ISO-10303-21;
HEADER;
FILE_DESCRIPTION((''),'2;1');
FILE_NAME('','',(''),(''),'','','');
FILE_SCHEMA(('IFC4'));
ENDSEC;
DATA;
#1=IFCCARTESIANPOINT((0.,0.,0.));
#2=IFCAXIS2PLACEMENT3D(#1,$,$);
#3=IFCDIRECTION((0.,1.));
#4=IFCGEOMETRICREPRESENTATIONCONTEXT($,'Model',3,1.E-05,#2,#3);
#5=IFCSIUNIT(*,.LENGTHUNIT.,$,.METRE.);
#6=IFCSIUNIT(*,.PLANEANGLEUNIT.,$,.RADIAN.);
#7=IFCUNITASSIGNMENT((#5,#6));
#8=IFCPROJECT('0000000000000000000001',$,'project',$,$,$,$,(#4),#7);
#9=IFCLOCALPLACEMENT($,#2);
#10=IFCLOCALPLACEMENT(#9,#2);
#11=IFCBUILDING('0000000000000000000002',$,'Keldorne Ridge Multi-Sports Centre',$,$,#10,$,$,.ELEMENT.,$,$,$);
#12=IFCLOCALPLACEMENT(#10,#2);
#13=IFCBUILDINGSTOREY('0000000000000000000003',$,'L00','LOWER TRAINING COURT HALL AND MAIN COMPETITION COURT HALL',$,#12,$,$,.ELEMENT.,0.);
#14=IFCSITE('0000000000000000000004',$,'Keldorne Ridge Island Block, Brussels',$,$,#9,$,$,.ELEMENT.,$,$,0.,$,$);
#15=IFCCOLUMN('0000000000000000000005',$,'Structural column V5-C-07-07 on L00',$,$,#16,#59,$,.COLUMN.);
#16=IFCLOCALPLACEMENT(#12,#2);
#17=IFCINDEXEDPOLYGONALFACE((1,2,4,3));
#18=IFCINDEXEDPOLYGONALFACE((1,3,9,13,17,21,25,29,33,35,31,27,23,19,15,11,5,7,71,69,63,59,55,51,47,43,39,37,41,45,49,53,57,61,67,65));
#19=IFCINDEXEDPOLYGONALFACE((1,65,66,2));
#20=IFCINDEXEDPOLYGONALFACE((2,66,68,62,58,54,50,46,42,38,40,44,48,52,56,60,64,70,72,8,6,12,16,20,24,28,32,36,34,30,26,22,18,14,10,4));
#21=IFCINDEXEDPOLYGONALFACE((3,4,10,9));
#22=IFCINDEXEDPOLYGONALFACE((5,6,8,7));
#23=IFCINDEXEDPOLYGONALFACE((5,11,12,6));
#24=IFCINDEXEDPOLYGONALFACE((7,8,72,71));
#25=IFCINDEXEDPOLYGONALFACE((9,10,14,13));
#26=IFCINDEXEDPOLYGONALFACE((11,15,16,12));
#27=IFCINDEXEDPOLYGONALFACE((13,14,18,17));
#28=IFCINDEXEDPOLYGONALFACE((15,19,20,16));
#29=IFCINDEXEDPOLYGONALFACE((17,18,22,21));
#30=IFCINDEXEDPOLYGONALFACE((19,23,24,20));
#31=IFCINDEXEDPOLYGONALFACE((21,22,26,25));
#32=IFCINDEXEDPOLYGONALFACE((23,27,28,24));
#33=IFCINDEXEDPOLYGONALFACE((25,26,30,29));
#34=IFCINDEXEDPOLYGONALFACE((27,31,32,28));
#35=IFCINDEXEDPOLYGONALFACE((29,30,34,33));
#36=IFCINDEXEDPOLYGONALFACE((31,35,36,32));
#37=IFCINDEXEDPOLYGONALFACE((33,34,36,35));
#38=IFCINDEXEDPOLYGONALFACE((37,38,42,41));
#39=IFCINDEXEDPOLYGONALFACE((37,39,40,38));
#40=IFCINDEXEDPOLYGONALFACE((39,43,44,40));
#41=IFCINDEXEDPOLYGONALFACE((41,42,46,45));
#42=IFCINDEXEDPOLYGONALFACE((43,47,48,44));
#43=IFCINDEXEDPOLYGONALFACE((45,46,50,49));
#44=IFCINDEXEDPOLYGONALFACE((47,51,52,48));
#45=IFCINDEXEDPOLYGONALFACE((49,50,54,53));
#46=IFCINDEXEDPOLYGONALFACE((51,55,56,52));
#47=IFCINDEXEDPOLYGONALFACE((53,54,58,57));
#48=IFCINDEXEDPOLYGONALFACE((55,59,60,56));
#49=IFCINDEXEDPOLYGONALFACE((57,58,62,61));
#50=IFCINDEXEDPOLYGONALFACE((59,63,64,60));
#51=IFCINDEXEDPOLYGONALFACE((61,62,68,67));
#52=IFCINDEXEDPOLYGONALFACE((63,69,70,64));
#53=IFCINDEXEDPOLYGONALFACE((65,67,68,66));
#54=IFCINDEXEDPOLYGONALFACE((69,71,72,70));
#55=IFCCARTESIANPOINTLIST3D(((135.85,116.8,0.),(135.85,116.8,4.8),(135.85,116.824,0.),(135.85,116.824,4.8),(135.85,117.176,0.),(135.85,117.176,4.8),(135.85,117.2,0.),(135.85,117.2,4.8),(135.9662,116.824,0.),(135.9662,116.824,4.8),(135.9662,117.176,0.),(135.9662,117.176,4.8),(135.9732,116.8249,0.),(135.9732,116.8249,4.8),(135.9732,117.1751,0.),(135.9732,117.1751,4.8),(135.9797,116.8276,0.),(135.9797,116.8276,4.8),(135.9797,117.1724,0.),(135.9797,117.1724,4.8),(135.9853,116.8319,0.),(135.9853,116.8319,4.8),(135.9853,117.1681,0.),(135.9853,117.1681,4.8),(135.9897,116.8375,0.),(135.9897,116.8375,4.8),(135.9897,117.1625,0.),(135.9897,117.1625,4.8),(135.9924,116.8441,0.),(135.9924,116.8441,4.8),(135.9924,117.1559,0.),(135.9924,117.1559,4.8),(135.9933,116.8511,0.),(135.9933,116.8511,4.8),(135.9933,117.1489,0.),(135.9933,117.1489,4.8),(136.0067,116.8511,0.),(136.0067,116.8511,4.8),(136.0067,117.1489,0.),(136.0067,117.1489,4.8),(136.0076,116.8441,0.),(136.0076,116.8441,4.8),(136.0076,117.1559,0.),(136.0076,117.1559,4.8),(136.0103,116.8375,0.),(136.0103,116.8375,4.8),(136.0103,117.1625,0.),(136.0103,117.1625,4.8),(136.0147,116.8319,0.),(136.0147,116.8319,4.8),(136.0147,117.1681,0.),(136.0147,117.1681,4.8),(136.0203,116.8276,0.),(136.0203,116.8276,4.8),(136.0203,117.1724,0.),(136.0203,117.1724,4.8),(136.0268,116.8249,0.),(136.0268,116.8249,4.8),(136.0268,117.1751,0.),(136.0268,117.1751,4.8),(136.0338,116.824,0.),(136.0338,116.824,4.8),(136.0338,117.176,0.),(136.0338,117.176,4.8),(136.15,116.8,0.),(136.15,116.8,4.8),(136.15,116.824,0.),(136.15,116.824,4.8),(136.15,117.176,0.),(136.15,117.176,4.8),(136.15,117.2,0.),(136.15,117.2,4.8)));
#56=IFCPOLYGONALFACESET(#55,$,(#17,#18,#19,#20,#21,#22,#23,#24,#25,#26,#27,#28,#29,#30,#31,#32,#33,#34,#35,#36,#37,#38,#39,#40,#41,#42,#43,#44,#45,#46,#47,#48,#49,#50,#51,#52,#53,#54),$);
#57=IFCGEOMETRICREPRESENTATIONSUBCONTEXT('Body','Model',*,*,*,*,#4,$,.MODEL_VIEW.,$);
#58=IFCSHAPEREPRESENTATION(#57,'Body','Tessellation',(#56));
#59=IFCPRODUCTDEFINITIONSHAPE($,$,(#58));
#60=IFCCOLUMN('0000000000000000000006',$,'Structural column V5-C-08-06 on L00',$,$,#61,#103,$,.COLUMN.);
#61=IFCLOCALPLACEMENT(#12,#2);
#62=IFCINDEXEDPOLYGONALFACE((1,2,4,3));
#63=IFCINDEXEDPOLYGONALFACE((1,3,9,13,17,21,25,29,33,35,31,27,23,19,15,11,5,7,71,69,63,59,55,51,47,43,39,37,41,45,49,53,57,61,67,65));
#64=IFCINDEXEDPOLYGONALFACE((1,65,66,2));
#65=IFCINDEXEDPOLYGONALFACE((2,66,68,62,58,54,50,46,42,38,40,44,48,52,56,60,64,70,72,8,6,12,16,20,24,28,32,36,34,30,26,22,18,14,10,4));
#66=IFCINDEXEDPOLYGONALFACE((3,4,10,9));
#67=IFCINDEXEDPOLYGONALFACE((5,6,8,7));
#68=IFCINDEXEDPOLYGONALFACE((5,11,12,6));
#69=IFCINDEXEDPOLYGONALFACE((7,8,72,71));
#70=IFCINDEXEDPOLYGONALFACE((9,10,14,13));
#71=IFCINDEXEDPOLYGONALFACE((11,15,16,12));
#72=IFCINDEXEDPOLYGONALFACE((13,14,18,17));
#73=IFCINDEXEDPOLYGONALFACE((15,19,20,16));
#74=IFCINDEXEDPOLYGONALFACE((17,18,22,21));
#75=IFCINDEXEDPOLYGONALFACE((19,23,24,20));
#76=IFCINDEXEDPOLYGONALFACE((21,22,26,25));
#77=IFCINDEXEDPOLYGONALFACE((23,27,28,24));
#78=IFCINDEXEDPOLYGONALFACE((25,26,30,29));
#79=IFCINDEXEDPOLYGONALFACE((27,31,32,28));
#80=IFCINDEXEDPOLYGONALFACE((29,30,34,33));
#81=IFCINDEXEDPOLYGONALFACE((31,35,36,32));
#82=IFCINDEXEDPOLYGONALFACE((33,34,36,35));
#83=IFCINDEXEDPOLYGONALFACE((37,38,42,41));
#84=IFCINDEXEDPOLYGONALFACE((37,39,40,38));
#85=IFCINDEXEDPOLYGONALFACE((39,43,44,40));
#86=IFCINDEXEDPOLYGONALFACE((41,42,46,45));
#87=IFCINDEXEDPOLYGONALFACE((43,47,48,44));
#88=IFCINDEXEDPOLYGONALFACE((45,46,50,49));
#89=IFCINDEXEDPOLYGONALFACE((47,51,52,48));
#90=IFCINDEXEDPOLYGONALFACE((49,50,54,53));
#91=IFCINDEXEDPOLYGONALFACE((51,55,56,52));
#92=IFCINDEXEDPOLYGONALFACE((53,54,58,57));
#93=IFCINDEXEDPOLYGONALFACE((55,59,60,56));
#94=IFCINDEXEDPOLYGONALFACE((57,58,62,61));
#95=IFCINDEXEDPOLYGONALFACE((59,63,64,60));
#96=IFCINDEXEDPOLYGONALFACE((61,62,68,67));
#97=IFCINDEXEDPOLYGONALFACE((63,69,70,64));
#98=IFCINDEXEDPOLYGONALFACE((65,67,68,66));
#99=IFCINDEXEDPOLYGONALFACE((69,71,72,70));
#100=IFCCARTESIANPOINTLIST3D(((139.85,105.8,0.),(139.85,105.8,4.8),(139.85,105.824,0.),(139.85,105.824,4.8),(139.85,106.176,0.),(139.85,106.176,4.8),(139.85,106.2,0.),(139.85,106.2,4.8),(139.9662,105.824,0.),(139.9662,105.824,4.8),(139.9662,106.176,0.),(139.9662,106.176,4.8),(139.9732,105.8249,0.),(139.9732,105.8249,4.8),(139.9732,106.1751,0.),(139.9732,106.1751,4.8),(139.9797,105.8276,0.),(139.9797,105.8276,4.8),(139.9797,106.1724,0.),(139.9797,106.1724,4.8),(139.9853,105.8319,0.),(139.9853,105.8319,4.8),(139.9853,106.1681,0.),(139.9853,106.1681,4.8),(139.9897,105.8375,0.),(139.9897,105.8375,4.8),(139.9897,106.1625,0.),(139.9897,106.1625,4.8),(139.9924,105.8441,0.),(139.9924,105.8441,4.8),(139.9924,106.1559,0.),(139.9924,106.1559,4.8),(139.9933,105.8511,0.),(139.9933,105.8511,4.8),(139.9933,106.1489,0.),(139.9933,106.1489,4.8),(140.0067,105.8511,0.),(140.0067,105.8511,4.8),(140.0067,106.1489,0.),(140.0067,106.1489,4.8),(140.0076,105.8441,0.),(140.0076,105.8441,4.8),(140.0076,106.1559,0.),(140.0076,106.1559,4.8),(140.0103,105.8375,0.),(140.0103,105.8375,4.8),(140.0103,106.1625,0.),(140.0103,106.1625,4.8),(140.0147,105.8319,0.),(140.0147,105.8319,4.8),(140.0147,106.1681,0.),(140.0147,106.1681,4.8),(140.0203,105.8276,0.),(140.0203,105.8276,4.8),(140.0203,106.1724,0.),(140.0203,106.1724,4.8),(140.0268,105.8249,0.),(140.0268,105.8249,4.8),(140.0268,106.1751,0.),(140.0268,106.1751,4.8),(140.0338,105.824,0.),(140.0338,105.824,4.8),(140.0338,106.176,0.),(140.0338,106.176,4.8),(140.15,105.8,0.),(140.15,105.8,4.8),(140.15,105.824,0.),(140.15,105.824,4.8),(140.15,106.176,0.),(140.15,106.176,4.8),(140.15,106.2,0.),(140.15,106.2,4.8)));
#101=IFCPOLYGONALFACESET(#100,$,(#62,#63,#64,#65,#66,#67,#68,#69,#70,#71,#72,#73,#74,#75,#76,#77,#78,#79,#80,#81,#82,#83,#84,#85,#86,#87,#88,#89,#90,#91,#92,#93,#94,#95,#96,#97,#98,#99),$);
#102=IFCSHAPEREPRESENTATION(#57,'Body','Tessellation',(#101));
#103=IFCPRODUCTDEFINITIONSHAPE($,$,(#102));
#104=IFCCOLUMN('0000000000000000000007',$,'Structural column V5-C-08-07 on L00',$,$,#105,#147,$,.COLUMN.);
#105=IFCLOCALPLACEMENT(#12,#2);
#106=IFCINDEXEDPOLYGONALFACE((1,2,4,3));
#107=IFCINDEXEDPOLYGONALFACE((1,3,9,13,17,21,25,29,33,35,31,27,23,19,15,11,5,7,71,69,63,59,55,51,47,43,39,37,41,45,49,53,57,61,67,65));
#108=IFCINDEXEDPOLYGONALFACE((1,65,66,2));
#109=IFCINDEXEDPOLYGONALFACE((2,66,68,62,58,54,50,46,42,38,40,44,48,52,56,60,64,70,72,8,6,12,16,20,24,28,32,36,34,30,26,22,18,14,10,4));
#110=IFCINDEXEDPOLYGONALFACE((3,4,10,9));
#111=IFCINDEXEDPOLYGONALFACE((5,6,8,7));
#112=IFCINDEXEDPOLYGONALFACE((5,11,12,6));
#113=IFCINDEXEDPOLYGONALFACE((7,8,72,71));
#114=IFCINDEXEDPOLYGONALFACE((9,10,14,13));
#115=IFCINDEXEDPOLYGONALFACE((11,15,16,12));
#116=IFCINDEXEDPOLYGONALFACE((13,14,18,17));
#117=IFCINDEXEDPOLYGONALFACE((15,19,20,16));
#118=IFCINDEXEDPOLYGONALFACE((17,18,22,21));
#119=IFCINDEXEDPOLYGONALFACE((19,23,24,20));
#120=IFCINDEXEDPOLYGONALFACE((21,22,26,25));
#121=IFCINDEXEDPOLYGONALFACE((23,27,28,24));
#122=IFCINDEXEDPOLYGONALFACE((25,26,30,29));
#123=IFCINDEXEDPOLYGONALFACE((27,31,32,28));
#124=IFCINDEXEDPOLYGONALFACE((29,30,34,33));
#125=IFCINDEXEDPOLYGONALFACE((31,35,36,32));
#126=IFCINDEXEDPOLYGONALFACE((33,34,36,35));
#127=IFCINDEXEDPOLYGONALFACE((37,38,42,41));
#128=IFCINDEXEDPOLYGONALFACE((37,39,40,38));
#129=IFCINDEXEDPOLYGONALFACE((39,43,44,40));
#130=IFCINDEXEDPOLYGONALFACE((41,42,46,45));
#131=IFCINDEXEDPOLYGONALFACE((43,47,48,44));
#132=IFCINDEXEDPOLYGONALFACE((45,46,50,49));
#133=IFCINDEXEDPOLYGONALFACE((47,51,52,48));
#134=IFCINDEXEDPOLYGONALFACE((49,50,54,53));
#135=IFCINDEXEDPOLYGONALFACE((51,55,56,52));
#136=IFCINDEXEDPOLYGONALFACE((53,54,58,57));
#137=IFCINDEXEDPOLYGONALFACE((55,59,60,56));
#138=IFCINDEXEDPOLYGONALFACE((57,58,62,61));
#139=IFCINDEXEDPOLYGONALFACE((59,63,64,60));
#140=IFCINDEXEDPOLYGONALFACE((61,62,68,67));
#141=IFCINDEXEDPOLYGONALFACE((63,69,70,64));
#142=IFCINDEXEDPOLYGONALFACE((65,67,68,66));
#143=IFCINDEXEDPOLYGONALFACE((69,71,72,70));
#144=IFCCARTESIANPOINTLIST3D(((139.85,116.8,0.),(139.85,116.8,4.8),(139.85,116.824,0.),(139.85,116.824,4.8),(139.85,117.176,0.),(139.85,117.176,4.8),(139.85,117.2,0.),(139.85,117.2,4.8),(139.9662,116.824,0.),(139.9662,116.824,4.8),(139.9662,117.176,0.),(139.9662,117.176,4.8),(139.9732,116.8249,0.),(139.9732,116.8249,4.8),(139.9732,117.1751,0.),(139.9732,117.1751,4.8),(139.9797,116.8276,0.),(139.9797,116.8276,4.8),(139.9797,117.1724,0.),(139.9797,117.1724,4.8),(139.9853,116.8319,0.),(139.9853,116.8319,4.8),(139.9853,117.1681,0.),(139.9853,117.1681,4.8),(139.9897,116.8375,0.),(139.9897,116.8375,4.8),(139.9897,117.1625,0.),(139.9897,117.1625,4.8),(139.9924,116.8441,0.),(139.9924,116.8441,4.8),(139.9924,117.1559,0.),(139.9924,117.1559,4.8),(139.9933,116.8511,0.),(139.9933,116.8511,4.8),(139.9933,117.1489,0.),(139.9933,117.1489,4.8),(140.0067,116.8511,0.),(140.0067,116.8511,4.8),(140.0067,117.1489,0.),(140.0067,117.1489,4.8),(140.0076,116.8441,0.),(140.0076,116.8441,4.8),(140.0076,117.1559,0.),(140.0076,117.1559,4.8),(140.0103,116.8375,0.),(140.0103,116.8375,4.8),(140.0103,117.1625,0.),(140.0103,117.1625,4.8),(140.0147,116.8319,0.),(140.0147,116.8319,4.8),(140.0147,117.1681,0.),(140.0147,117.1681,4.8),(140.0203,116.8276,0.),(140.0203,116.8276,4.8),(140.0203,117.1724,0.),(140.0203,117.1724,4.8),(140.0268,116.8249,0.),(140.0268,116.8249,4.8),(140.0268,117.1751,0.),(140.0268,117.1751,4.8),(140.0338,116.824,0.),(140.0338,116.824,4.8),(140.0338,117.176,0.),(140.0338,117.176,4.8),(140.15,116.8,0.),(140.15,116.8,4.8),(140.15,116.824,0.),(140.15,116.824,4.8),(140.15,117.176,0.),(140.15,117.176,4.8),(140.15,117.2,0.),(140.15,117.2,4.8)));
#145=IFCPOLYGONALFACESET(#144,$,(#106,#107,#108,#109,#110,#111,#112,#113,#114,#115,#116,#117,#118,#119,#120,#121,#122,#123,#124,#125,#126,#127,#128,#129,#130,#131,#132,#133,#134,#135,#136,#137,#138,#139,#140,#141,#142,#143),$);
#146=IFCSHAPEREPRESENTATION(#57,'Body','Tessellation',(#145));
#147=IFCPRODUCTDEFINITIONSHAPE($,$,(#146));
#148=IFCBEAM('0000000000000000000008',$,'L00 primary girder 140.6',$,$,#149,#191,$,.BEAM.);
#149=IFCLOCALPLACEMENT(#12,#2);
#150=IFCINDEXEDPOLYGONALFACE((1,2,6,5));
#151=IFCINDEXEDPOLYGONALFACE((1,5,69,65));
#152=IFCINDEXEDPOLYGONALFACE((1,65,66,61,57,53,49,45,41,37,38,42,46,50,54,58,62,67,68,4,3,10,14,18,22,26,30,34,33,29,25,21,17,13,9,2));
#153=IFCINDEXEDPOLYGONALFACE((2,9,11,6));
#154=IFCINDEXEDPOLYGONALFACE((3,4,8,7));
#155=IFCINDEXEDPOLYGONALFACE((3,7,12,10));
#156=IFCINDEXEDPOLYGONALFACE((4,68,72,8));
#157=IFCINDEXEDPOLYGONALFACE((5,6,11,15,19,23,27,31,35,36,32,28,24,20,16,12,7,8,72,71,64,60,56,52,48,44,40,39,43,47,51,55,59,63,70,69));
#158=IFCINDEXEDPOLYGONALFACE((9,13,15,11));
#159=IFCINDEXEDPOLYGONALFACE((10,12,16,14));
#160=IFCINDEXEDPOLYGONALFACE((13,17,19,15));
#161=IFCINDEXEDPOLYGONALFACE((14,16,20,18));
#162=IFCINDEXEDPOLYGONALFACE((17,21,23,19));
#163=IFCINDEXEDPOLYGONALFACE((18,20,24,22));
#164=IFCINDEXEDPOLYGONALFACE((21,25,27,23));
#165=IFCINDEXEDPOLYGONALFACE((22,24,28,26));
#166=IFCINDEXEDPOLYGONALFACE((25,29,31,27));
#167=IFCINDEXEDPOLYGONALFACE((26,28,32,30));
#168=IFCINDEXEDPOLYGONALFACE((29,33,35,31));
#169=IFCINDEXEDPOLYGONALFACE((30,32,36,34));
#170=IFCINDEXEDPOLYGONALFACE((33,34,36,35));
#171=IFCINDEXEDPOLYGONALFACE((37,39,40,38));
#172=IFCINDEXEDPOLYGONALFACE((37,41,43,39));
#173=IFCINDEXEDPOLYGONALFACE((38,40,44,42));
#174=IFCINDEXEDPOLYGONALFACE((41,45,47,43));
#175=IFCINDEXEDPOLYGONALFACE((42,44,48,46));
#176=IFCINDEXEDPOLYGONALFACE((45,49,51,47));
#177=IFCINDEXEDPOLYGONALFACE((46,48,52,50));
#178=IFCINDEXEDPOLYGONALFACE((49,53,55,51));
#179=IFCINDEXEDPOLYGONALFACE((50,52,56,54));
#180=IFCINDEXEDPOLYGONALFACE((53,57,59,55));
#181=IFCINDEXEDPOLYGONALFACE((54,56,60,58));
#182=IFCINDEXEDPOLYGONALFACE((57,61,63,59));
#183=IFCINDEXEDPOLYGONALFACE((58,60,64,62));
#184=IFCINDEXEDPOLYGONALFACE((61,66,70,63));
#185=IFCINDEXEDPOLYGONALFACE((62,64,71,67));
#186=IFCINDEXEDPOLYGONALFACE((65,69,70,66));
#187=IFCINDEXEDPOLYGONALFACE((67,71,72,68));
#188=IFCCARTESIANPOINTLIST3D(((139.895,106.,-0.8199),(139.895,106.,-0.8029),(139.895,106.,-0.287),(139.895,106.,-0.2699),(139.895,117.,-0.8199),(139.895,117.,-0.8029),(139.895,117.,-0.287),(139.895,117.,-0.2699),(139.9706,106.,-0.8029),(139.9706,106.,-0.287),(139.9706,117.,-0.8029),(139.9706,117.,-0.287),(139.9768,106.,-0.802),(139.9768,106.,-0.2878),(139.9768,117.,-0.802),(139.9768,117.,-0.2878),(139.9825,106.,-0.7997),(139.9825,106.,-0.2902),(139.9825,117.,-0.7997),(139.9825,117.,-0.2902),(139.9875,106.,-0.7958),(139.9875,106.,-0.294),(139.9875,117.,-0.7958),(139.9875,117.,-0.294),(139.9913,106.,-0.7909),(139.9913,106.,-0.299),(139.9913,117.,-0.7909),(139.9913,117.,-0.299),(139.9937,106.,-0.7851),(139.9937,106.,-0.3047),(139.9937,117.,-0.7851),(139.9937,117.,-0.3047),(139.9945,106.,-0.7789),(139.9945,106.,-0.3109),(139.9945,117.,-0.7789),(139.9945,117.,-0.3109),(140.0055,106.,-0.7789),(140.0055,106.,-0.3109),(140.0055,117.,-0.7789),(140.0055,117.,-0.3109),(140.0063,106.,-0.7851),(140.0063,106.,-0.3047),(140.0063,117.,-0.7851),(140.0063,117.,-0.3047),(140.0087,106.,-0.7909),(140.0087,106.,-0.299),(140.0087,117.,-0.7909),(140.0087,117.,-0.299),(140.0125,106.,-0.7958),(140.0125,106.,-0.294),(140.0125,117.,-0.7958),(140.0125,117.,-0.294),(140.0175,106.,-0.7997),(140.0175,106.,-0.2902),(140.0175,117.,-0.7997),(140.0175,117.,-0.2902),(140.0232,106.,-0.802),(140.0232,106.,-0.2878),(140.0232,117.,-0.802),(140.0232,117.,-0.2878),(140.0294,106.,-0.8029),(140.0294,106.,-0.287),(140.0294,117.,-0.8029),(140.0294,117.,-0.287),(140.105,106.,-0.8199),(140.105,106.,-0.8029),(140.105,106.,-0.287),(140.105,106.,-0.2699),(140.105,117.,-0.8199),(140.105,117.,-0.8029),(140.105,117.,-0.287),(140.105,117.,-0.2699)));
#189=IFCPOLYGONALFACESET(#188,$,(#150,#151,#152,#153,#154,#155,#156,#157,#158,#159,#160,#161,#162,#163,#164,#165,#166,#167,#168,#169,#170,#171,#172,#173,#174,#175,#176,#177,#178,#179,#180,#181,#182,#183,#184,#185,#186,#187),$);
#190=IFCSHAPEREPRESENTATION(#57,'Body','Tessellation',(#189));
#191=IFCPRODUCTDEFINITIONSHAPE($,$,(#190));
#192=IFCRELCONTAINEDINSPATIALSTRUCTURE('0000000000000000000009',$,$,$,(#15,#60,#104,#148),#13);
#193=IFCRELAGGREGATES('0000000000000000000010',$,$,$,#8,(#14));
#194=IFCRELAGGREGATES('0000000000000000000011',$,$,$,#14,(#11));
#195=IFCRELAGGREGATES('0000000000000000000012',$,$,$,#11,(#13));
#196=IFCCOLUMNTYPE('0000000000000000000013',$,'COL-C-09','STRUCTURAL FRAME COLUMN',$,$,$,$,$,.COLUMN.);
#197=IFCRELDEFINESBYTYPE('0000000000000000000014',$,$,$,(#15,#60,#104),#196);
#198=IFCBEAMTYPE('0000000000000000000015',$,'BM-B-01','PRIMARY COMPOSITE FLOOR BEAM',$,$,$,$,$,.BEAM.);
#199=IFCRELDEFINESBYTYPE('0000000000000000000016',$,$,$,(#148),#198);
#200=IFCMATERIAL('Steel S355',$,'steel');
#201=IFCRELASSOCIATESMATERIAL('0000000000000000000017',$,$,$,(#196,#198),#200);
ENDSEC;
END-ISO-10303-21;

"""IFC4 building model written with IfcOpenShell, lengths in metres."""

from ifc_helpers import new_model, si_unit, direction, frame, origin, origin_2d, place, context, subcontext, project, spatial, i_section, extrude, material, material_profile, profile_set, type_object, element, save


model = new_model("IFC4")

# Units and contexts
model_context = context("Model", 3, precision=1e-05, world=origin(), true_north=direction((0.0, 1.0)))
body_context = subcontext(model_context, "Body", "Model", "MODEL_VIEW")
ifc_project = project(units=[si_unit("LENGTHUNIT", "METRE"), si_unit("PLANEANGLEUNIT", "RADIAN")], contexts=[model_context])

# Site, building, storey
site_placement = place(None, origin())
site = spatial("IfcSite", under=ifc_project, at=site_placement, Name="Keldorne Ridge Island Block, Brussels", CompositionType="ELEMENT", RefElevation=0.0)
building_placement = place(site_placement, origin())
building = spatial("IfcBuilding", under=site, at=building_placement, Name="Keldorne Ridge Multi-Sports Centre", CompositionType="ELEMENT")
storey_placement = place(building_placement, origin())
storey = spatial("IfcBuildingStorey", under=building, at=storey_placement, Name="L00", Description="LOWER TRAINING COURT HALL AND MAIN COMPETITION COURT HALL", CompositionType="ELEMENT", Elevation=0.0)

# Columns
ifc_material_1 = material(Name="Steel S355", Category="steel")
ifc_material_profile_1 = material_profile(ifc_material_1, i_section(OverallWidth=0.3, OverallDepth=0.3999, WebThickness=0.0134, FlangeThickness=0.0239, FilletRadius=0.0271, at=origin_2d()), Name="HEB 400")
ifc_profile_set_1 = profile_set([ifc_material_profile_1], Name="Steel S355")
column_type = type_object("IfcColumnType", Name="COL-C-09", Description="STRUCTURAL FRAME COLUMN", PredefinedType="COLUMN", material=ifc_profile_set_1)
for number, where, z_axis, x_axis, name in (
    (1, (136.0, 117.0, 0.0), (0.0, 0.0, 1.0), (1.0, 0.0, 0.0), "Structural column V5-C-07-07 on L00"),
    (2, (140.0, 106.0, 0.0), (0.0, 0.0, 1.0), (1.0, 0.0, 0.0), "Structural column V5-C-08-06 on L00"),
    (3, (140.0, 117.0, 0.0), (0.0, 0.0, 1.0), (1.0, 0.0, 0.0), "Structural column V5-C-08-07 on L00"),
):
    element("IfcColumn", number, at=place(storey_placement, frame(where, z_axis=z_axis, x_axis=x_axis)), inside=storey, type_object=column_type, Name=name, PredefinedType="COLUMN", context=body_context, shape_type="SweptSolid", body=[
        extrude(i_section(OverallWidth=0.3, OverallDepth=0.3999, WebThickness=0.0134, FlangeThickness=0.0239, FilletRadius=0.0271, at=origin_2d()), origin(), (0.0, 0.0, 1.0), 4.8),
    ])

# Beam
ifc_material_profile_2 = material_profile(ifc_material_1, i_section(OverallWidth=0.21, OverallDepth=0.55, WebThickness=0.011, FlangeThickness=0.0171, FilletRadius=0.0239, at=origin_2d()), Name="IPE 550")
ifc_profile_set_2 = profile_set([ifc_material_profile_2], Name="Steel S355")
beam_type_1 = type_object("IfcBeamType", Name="BM-B-01", Description="PRIMARY COMPOSITE FLOOR BEAM", PredefinedType="BEAM", material=ifc_profile_set_2)
beam_1_placement = place(storey_placement, frame((140.0, 106.0, -0.5449), z_axis=(0.0, 1.0, 0.0), x_axis=(-1.0, 0.0, 0.0)))
element("IfcBeam", 4, at=beam_1_placement, inside=storey, type_object=beam_type_1, Name="L00 primary girder 140.6", PredefinedType="BEAM", context=body_context, shape_type="SweptSolid", body=[
    extrude(i_section(OverallWidth=0.21, OverallDepth=0.55, WebThickness=0.011, FlangeThickness=0.0171, FilletRadius=0.0239, at=origin_2d()), origin(), (0.0, 0.0, 1.0), 11.0),
])

save(model, "model.ifc")
